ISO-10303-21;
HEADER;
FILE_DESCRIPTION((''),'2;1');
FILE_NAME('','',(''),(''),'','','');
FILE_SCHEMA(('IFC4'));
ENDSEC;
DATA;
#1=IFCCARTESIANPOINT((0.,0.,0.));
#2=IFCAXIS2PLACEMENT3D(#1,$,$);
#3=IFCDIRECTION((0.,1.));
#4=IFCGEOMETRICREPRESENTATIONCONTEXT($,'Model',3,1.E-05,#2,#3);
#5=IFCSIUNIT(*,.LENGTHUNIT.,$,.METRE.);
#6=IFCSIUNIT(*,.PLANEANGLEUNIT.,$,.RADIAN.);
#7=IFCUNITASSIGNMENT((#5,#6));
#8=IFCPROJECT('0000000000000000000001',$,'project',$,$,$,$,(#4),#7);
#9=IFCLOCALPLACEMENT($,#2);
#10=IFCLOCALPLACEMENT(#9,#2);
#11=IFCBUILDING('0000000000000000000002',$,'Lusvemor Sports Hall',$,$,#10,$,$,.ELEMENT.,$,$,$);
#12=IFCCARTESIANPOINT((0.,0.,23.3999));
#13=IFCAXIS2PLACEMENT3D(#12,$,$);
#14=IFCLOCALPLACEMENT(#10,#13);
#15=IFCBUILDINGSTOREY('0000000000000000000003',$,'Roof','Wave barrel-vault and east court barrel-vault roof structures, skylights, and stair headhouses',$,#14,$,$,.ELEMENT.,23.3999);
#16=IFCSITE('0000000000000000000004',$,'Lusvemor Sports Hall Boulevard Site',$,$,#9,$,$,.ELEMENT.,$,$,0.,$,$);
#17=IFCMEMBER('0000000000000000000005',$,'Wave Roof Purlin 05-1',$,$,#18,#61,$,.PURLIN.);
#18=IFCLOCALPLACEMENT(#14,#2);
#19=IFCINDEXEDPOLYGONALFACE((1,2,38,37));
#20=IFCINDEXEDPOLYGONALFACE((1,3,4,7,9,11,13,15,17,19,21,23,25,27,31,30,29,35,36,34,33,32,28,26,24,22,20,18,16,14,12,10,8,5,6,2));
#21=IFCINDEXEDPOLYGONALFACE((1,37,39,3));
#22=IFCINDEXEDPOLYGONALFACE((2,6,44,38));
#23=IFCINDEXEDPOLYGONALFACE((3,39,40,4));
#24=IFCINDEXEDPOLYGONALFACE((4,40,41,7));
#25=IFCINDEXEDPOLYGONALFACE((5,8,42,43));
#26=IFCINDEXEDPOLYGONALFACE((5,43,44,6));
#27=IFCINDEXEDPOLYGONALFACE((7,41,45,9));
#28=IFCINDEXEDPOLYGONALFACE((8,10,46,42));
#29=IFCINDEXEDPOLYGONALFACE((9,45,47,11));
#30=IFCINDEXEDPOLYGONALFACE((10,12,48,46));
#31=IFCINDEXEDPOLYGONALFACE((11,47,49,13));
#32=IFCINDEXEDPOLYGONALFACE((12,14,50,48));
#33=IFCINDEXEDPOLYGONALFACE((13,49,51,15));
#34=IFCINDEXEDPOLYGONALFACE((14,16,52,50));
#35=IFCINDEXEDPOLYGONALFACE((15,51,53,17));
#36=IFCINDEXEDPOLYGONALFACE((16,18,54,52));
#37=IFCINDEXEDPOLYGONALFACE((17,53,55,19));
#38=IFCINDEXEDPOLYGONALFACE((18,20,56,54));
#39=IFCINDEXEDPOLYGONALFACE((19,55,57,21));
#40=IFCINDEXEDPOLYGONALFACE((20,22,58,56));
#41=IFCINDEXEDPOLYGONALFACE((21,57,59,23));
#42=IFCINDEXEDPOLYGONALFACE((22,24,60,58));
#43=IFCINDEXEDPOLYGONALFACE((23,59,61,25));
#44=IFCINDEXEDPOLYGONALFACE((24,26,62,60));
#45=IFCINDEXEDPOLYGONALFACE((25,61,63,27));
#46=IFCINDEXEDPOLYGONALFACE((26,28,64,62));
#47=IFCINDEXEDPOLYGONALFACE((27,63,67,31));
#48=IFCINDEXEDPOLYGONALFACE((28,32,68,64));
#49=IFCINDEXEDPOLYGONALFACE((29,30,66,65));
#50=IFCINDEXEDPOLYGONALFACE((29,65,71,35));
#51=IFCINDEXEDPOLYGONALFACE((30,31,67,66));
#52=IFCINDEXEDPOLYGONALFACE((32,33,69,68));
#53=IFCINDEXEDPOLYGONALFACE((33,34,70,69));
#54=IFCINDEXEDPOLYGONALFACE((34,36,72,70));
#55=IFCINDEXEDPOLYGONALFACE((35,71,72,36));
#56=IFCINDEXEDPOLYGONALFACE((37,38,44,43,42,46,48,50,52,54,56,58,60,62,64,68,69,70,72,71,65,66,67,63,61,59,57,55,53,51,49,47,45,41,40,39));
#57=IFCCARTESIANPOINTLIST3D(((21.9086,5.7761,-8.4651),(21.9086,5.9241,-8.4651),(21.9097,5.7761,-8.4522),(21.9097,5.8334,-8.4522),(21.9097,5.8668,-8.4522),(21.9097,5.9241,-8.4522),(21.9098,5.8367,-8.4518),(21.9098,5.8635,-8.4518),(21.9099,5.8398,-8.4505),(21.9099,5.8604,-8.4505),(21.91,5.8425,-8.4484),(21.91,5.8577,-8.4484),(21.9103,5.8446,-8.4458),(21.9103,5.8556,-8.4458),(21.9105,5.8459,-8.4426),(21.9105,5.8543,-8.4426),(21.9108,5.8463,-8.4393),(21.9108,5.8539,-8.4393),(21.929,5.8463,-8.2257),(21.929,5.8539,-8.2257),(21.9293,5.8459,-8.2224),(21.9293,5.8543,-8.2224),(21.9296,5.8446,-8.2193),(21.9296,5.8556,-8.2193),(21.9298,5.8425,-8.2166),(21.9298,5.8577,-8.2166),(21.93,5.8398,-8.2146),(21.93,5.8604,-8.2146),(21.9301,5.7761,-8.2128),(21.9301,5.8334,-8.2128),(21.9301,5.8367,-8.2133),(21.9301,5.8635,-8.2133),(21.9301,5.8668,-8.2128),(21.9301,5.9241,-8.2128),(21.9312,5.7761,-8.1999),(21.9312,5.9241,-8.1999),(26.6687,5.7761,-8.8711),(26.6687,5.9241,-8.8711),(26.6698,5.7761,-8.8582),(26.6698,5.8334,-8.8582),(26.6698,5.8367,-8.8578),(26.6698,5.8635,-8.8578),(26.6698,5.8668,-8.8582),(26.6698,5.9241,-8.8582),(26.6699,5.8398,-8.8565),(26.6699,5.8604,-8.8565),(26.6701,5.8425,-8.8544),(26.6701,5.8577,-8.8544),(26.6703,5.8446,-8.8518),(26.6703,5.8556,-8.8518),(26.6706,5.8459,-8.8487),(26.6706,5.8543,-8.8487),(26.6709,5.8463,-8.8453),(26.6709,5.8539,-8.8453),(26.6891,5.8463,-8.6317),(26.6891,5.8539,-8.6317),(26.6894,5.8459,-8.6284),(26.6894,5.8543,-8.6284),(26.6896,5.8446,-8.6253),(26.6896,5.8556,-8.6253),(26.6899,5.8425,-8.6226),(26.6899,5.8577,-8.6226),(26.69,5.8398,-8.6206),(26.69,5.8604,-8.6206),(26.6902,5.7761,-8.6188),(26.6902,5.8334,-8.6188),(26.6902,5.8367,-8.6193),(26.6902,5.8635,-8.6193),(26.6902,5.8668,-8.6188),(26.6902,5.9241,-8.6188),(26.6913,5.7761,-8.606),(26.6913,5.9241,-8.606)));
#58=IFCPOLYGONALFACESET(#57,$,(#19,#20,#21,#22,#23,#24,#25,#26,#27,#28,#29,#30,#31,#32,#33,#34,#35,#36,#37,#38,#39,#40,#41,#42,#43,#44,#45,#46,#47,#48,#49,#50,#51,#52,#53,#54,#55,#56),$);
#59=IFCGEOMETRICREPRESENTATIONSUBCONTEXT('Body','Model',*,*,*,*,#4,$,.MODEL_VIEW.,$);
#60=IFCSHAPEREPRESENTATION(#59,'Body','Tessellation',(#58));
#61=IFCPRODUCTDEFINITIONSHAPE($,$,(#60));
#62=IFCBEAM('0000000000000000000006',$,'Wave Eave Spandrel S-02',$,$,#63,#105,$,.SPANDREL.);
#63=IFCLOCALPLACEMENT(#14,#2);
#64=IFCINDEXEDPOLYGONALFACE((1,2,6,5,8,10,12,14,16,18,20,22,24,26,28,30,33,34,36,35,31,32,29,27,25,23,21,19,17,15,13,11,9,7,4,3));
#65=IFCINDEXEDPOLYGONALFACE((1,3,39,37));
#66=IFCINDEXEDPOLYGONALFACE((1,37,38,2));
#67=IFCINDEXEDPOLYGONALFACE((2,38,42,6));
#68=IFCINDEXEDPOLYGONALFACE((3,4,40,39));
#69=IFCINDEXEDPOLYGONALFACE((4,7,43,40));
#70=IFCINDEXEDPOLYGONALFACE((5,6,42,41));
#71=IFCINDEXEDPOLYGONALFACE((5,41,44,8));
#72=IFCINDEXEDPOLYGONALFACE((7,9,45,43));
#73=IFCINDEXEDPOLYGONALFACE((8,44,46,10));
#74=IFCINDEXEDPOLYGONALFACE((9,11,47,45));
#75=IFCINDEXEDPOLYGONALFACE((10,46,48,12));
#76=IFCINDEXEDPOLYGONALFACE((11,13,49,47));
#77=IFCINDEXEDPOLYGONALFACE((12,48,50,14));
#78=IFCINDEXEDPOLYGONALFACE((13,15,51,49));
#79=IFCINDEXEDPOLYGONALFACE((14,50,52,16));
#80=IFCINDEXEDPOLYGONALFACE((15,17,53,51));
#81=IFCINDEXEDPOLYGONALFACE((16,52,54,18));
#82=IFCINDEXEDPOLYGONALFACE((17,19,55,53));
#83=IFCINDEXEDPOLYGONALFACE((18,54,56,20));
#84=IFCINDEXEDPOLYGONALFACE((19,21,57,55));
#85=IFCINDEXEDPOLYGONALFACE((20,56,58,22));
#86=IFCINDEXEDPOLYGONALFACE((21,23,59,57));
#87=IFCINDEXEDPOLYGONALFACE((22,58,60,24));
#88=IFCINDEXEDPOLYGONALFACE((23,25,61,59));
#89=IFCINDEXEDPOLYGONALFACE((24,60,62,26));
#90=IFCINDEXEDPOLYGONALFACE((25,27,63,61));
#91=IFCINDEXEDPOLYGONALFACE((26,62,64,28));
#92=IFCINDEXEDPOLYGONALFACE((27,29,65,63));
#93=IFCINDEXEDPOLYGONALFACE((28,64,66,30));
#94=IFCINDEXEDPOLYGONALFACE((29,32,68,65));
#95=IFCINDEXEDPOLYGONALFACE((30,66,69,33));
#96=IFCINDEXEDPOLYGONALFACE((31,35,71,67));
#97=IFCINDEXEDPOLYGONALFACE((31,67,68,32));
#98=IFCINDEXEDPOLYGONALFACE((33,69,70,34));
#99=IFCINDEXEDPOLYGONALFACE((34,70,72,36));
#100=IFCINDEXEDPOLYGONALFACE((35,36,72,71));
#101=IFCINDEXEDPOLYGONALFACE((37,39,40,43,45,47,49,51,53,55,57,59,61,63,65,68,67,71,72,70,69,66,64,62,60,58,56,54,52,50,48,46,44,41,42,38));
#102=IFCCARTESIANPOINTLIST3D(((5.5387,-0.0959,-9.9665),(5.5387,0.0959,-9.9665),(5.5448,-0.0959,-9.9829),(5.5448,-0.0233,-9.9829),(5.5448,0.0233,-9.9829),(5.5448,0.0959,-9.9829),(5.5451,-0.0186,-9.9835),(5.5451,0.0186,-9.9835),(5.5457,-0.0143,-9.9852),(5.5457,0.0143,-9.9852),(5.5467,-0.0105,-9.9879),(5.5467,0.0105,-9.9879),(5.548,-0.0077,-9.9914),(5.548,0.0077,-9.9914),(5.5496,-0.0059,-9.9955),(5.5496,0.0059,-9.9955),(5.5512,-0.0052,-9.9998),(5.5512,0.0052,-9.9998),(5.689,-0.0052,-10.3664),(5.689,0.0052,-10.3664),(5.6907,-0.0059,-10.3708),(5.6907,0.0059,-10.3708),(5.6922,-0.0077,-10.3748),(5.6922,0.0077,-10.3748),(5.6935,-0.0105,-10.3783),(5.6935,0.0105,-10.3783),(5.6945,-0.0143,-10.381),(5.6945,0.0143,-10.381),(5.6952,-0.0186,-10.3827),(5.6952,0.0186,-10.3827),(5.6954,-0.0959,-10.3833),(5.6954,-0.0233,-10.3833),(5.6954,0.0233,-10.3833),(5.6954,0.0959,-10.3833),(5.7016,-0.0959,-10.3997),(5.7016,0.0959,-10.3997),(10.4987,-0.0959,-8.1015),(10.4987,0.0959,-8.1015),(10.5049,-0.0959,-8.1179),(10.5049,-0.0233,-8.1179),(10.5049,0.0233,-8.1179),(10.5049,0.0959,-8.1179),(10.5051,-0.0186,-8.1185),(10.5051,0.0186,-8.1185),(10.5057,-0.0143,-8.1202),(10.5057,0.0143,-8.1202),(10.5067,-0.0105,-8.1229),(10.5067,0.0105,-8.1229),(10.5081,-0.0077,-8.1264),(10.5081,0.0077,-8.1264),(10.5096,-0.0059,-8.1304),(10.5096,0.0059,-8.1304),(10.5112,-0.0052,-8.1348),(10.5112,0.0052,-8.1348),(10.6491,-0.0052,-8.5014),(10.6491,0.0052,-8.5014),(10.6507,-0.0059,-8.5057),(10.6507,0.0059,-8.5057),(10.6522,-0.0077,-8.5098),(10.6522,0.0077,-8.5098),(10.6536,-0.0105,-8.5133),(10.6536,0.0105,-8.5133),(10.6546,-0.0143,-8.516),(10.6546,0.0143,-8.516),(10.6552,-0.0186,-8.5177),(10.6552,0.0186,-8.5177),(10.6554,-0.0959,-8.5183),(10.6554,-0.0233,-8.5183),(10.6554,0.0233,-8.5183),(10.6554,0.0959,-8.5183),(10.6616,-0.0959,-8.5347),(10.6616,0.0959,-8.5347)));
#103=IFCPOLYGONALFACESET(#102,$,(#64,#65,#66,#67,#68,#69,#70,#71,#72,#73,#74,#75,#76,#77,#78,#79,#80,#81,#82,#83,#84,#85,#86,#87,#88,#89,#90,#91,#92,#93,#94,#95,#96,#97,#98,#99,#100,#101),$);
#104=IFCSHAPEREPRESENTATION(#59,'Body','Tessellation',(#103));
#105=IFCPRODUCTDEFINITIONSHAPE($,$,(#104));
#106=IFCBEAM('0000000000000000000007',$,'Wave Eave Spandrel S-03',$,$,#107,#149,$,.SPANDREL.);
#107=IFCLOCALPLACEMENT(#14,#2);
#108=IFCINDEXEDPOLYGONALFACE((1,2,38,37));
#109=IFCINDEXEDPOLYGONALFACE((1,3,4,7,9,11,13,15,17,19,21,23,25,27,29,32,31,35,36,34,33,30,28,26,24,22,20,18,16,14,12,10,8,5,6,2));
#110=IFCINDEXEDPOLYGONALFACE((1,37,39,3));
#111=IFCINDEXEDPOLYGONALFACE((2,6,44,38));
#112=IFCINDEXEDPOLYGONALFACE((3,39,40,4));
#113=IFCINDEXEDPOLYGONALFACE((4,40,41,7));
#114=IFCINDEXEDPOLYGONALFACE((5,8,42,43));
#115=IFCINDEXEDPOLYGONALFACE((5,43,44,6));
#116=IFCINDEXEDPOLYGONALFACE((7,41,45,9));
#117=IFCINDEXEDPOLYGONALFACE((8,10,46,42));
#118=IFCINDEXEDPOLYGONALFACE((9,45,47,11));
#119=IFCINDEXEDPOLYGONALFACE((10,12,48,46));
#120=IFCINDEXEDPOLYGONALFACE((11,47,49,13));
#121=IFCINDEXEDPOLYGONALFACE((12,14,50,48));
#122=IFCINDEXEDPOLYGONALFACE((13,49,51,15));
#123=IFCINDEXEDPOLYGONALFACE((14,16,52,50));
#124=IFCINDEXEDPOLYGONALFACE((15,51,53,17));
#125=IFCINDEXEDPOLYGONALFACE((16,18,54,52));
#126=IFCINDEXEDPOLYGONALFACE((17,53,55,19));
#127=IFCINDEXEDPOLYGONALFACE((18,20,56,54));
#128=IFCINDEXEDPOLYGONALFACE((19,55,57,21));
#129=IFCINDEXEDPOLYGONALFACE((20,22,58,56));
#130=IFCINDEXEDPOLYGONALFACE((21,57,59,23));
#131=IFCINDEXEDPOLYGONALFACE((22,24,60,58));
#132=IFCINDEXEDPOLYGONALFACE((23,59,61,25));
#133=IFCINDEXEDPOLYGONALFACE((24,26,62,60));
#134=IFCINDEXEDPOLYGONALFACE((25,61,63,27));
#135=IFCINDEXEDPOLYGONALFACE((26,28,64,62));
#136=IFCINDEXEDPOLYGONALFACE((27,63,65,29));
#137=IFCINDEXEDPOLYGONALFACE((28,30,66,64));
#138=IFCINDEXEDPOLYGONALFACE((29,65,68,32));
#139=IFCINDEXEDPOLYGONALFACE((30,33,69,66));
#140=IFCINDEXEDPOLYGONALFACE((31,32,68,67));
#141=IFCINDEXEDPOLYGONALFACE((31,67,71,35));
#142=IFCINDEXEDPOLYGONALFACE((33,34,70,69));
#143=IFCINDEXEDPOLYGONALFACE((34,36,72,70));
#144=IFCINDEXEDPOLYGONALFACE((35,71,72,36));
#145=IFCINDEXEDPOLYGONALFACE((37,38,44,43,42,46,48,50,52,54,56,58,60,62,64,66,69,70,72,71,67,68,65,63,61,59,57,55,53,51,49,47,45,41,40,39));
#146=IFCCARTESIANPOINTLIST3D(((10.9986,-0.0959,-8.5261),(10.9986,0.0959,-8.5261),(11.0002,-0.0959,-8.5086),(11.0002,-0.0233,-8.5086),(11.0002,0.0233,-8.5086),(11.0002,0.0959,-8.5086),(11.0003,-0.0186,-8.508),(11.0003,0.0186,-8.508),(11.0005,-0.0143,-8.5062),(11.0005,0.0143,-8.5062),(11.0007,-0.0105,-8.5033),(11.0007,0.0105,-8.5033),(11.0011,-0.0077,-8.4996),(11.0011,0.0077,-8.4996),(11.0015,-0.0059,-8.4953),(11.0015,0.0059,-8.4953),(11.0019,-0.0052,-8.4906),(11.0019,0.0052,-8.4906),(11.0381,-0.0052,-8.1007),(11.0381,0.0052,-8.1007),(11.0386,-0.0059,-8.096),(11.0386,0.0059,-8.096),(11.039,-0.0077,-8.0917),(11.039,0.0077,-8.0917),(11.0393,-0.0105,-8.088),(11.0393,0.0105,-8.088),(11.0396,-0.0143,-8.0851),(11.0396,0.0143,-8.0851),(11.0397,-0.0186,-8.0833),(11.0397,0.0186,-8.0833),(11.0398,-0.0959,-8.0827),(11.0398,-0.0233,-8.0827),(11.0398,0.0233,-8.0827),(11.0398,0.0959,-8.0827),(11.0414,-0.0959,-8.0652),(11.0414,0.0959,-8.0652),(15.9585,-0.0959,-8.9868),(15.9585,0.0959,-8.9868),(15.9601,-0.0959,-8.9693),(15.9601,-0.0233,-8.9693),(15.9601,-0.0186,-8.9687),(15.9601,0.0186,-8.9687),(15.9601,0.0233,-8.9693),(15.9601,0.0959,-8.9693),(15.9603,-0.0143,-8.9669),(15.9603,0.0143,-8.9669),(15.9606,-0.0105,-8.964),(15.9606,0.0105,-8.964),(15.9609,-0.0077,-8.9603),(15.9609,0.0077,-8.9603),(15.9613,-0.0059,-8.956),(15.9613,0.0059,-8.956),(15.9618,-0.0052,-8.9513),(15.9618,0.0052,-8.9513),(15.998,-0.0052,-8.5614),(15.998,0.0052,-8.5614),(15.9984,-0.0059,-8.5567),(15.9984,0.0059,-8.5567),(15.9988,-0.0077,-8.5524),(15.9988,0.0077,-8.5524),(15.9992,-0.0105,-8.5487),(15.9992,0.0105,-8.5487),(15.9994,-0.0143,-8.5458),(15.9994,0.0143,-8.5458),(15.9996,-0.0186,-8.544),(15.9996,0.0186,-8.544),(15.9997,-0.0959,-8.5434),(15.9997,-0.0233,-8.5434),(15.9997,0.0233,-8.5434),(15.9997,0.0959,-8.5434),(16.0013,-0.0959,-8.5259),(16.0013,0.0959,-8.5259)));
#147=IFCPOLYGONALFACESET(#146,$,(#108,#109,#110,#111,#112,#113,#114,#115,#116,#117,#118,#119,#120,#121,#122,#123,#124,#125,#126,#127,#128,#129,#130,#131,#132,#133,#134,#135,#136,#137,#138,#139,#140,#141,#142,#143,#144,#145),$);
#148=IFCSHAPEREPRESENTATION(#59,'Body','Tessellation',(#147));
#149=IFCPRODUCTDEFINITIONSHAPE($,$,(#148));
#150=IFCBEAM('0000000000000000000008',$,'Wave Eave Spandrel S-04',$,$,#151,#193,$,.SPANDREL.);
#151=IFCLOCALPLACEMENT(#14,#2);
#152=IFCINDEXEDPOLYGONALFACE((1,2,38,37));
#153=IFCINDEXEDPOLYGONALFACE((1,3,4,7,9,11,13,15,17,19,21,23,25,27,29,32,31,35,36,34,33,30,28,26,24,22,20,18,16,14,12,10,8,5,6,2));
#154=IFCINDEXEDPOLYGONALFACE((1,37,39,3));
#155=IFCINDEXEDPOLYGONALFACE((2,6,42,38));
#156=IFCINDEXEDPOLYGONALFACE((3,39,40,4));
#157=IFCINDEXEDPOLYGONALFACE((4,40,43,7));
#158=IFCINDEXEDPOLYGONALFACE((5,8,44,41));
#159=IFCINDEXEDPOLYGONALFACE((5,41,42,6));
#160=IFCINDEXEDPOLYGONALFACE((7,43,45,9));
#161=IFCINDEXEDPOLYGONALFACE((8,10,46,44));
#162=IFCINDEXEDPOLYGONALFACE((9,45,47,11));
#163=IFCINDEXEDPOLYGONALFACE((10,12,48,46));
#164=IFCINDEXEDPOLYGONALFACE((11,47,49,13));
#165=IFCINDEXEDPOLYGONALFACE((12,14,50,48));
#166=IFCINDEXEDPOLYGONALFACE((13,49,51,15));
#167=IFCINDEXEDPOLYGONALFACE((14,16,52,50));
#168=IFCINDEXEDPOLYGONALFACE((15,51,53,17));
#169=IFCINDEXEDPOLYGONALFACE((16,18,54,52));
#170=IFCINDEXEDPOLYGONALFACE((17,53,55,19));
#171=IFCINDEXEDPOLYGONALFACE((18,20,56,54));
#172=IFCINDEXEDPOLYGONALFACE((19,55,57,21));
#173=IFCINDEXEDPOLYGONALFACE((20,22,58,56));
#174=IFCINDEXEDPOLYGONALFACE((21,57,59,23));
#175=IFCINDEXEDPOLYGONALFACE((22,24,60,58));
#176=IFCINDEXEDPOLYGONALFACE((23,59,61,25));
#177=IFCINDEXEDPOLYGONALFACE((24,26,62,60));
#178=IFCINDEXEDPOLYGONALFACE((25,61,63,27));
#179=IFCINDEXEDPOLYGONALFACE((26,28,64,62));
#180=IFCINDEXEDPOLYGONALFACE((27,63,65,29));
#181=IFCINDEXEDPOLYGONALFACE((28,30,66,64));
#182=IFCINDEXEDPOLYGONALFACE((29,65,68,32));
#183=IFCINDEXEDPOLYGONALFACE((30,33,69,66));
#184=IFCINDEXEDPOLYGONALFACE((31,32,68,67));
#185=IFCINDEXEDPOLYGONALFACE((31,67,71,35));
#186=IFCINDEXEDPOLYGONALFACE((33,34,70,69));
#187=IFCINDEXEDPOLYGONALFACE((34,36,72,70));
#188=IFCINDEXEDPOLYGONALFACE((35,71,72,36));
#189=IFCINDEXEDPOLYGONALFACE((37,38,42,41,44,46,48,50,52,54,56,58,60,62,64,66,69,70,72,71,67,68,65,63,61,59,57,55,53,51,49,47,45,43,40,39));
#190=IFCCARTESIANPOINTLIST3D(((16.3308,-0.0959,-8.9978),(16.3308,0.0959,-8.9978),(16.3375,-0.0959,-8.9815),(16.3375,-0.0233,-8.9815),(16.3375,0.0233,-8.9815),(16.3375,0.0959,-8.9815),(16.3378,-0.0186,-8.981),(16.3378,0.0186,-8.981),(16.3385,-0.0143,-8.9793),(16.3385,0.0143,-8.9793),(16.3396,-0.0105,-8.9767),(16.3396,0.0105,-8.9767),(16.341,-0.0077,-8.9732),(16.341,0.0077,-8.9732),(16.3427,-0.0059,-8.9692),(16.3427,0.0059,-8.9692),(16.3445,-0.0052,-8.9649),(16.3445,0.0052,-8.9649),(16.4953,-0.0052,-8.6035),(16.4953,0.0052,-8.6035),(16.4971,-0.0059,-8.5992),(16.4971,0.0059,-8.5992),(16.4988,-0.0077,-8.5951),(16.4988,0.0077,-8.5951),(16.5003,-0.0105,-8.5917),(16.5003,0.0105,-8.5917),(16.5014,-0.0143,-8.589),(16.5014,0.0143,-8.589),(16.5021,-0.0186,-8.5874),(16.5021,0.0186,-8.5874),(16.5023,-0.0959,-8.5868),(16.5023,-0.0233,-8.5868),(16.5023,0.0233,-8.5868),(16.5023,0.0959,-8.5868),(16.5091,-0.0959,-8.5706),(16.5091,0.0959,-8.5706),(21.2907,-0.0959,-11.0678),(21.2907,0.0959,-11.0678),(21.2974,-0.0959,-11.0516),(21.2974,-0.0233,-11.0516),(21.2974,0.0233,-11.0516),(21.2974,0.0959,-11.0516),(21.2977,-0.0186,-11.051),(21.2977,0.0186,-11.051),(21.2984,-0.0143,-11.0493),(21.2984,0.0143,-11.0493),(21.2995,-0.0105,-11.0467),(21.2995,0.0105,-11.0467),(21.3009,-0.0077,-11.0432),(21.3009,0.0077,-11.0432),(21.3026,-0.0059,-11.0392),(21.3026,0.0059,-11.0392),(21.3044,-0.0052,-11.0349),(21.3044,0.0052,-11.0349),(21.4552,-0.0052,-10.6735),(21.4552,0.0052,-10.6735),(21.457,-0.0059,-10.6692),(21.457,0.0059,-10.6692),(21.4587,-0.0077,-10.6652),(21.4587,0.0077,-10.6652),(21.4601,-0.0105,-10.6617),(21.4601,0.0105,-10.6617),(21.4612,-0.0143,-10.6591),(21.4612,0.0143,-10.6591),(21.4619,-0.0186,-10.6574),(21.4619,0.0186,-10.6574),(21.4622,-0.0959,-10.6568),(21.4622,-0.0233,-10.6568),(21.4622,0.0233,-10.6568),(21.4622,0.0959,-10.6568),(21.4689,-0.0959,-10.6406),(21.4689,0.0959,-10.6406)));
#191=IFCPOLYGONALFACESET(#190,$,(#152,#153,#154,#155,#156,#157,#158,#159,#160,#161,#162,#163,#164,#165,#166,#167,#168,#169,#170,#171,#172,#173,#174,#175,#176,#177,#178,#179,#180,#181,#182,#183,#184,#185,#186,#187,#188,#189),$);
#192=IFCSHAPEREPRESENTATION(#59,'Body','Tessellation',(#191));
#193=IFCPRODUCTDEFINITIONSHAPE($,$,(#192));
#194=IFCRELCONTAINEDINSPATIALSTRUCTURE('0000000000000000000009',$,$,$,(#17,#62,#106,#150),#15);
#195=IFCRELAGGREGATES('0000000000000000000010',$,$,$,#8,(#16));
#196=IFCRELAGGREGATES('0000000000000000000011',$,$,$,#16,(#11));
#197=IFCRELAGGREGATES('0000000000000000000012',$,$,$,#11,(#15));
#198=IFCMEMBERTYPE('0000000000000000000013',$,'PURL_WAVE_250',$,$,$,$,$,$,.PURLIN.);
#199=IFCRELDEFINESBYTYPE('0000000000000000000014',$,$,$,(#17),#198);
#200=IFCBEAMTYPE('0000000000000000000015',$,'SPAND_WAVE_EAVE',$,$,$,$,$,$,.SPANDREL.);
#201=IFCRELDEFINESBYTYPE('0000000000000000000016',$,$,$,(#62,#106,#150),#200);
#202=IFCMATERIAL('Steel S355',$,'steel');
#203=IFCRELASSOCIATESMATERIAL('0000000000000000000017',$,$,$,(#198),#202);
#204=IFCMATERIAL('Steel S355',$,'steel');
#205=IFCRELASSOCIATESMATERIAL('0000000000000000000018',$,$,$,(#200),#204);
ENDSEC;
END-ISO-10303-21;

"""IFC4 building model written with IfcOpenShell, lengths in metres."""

from ifc_helpers import new_model, si_unit, direction, frame, origin, origin_2d, place, context, subcontext, project, spatial, i_section, extrude, material, material_profile, profile_set, type_object, element, save


model = new_model("IFC4")

# Units and contexts
model_context = context("Model", 3, precision=1e-05, world=origin(), true_north=direction((0.0, 1.0)))
body_context = subcontext(model_context, "Body", "Model", "MODEL_VIEW")
ifc_project = project(units=[si_unit("LENGTHUNIT", "METRE"), si_unit("PLANEANGLEUNIT", "RADIAN")], contexts=[model_context])

# Site, building, storey
site_placement = place(None, origin())
site = spatial("IfcSite", under=ifc_project, at=site_placement, Name="Lusvemor Sports Hall Boulevard Site", CompositionType="ELEMENT", RefElevation=0.0)
building_placement = place(site_placement, origin())
building = spatial("IfcBuilding", under=site, at=building_placement, Name="Lusvemor Sports Hall", CompositionType="ELEMENT")
storey_placement = place(building_placement, frame((0.0, 0.0, 23.3999)))
storey = spatial("IfcBuildingStorey", under=building, at=storey_placement, Name="Roof", Description="Wave barrel-vault and east court barrel-vault roof structures, skylights, and stair headhouses", CompositionType="ELEMENT", Elevation=23.3999)

# Member
ifc_material_1 = material(Name="Steel S355", Category="steel")
ifc_material_profile_1 = material_profile(ifc_material_1, i_section(OverallWidth=0.1479, OverallDepth=0.2661, WebThickness=0.0076, FlangeThickness=0.0129, FilletRadius=0.0129, at=origin_2d()), Name="W250x44.8")
ifc_profile_set_1 = profile_set([ifc_material_profile_1], Name="Steel S355")
member_type_1 = type_object("IfcMemberType", Name="PURL_WAVE_250", PredefinedType="PURLIN", material=ifc_profile_set_1)
member_1_placement = place(storey_placement, frame((21.9199, 5.8501, -8.3325), z_axis=(0.996382, 0.0, -0.084987), x_axis=(0.0, 1.0, 0.0)))
element("IfcMember", 1, at=member_1_placement, inside=storey, type_object=member_type_1, Name="Wave Roof Purlin 05-1", PredefinedType="PURLIN", context=body_context, shape_type="SweptSolid", body=[
    extrude(i_section(OverallWidth=0.1479, OverallDepth=0.2661, WebThickness=0.0076, FlangeThickness=0.0129, FilletRadius=0.0129, at=origin_2d()), origin(), (0.0, 0.0, 1.0), 4.7773),
])

# Beams
ifc_material_2 = material(Name="Steel S355", Category="steel")
ifc_material_profile_2 = material_profile(ifc_material_2, i_section(OverallWidth=0.1919, OverallDepth=0.4629, WebThickness=0.0105, FlangeThickness=0.0176, FilletRadius=0.0181, at=origin_2d()), Name="W460x89.0")
ifc_profile_set_2 = profile_set([ifc_material_profile_2], Name="Steel S355")
beam_type_1 = type_object("IfcBeamType", Name="SPAND_WAVE_EAVE", PredefinedType="SPANDREL", material=ifc_profile_set_2)
beam_1_placement = place(storey_placement, frame((5.6201, 0.0, -10.1831), z_axis=(0.936018, 0.0, 0.351951), x_axis=(0.0, 1.0, 0.0)))
element("IfcBeam", 2, at=beam_1_placement, inside=storey, type_object=beam_type_1, Name="Wave Eave Spandrel S-02", PredefinedType="SPANDREL", context=body_context, shape_type="SweptSolid", body=[
    extrude(i_section(OverallWidth=0.1919, OverallDepth=0.4629, WebThickness=0.0105, FlangeThickness=0.0176, FilletRadius=0.0181, at=origin_2d()), origin(), (0.0, 0.0, 1.0), 5.2991),
])
beam_2_placement = place(storey_placement, frame((11.02, 0.0, -8.2957), z_axis=(0.995714, 0.0, -0.092484), x_axis=(0.0, 1.0, 0.0)))
element("IfcBeam", 3, at=beam_2_placement, inside=storey, type_object=beam_type_1, Name="Wave Eave Spandrel S-03", PredefinedType="SPANDREL", context=body_context, shape_type="SweptSolid", body=[
    extrude(i_section(OverallWidth=0.1919, OverallDepth=0.4629, WebThickness=0.0105, FlangeThickness=0.0176, FilletRadius=0.0181, at=origin_2d()), origin(), (0.0, 0.0, 1.0), 4.9812),
])
beam_3_placement = place(storey_placement, frame((16.4199, 0.0, -8.7842), z_axis=(0.922851, 0.0, -0.385157), x_axis=(0.0, 1.0, 0.0)))
element("IfcBeam", 4, at=beam_3_placement, inside=storey, type_object=beam_type_1, Name="Wave Eave Spandrel S-04", PredefinedType="SPANDREL", context=body_context, shape_type="SweptSolid", body=[
    extrude(i_section(OverallWidth=0.1919, OverallDepth=0.4629, WebThickness=0.0105, FlangeThickness=0.0176, FilletRadius=0.0181, at=origin_2d()), origin(), (0.0, 0.0, 1.0), 5.3745),
])

save(model, "model.ifc")
